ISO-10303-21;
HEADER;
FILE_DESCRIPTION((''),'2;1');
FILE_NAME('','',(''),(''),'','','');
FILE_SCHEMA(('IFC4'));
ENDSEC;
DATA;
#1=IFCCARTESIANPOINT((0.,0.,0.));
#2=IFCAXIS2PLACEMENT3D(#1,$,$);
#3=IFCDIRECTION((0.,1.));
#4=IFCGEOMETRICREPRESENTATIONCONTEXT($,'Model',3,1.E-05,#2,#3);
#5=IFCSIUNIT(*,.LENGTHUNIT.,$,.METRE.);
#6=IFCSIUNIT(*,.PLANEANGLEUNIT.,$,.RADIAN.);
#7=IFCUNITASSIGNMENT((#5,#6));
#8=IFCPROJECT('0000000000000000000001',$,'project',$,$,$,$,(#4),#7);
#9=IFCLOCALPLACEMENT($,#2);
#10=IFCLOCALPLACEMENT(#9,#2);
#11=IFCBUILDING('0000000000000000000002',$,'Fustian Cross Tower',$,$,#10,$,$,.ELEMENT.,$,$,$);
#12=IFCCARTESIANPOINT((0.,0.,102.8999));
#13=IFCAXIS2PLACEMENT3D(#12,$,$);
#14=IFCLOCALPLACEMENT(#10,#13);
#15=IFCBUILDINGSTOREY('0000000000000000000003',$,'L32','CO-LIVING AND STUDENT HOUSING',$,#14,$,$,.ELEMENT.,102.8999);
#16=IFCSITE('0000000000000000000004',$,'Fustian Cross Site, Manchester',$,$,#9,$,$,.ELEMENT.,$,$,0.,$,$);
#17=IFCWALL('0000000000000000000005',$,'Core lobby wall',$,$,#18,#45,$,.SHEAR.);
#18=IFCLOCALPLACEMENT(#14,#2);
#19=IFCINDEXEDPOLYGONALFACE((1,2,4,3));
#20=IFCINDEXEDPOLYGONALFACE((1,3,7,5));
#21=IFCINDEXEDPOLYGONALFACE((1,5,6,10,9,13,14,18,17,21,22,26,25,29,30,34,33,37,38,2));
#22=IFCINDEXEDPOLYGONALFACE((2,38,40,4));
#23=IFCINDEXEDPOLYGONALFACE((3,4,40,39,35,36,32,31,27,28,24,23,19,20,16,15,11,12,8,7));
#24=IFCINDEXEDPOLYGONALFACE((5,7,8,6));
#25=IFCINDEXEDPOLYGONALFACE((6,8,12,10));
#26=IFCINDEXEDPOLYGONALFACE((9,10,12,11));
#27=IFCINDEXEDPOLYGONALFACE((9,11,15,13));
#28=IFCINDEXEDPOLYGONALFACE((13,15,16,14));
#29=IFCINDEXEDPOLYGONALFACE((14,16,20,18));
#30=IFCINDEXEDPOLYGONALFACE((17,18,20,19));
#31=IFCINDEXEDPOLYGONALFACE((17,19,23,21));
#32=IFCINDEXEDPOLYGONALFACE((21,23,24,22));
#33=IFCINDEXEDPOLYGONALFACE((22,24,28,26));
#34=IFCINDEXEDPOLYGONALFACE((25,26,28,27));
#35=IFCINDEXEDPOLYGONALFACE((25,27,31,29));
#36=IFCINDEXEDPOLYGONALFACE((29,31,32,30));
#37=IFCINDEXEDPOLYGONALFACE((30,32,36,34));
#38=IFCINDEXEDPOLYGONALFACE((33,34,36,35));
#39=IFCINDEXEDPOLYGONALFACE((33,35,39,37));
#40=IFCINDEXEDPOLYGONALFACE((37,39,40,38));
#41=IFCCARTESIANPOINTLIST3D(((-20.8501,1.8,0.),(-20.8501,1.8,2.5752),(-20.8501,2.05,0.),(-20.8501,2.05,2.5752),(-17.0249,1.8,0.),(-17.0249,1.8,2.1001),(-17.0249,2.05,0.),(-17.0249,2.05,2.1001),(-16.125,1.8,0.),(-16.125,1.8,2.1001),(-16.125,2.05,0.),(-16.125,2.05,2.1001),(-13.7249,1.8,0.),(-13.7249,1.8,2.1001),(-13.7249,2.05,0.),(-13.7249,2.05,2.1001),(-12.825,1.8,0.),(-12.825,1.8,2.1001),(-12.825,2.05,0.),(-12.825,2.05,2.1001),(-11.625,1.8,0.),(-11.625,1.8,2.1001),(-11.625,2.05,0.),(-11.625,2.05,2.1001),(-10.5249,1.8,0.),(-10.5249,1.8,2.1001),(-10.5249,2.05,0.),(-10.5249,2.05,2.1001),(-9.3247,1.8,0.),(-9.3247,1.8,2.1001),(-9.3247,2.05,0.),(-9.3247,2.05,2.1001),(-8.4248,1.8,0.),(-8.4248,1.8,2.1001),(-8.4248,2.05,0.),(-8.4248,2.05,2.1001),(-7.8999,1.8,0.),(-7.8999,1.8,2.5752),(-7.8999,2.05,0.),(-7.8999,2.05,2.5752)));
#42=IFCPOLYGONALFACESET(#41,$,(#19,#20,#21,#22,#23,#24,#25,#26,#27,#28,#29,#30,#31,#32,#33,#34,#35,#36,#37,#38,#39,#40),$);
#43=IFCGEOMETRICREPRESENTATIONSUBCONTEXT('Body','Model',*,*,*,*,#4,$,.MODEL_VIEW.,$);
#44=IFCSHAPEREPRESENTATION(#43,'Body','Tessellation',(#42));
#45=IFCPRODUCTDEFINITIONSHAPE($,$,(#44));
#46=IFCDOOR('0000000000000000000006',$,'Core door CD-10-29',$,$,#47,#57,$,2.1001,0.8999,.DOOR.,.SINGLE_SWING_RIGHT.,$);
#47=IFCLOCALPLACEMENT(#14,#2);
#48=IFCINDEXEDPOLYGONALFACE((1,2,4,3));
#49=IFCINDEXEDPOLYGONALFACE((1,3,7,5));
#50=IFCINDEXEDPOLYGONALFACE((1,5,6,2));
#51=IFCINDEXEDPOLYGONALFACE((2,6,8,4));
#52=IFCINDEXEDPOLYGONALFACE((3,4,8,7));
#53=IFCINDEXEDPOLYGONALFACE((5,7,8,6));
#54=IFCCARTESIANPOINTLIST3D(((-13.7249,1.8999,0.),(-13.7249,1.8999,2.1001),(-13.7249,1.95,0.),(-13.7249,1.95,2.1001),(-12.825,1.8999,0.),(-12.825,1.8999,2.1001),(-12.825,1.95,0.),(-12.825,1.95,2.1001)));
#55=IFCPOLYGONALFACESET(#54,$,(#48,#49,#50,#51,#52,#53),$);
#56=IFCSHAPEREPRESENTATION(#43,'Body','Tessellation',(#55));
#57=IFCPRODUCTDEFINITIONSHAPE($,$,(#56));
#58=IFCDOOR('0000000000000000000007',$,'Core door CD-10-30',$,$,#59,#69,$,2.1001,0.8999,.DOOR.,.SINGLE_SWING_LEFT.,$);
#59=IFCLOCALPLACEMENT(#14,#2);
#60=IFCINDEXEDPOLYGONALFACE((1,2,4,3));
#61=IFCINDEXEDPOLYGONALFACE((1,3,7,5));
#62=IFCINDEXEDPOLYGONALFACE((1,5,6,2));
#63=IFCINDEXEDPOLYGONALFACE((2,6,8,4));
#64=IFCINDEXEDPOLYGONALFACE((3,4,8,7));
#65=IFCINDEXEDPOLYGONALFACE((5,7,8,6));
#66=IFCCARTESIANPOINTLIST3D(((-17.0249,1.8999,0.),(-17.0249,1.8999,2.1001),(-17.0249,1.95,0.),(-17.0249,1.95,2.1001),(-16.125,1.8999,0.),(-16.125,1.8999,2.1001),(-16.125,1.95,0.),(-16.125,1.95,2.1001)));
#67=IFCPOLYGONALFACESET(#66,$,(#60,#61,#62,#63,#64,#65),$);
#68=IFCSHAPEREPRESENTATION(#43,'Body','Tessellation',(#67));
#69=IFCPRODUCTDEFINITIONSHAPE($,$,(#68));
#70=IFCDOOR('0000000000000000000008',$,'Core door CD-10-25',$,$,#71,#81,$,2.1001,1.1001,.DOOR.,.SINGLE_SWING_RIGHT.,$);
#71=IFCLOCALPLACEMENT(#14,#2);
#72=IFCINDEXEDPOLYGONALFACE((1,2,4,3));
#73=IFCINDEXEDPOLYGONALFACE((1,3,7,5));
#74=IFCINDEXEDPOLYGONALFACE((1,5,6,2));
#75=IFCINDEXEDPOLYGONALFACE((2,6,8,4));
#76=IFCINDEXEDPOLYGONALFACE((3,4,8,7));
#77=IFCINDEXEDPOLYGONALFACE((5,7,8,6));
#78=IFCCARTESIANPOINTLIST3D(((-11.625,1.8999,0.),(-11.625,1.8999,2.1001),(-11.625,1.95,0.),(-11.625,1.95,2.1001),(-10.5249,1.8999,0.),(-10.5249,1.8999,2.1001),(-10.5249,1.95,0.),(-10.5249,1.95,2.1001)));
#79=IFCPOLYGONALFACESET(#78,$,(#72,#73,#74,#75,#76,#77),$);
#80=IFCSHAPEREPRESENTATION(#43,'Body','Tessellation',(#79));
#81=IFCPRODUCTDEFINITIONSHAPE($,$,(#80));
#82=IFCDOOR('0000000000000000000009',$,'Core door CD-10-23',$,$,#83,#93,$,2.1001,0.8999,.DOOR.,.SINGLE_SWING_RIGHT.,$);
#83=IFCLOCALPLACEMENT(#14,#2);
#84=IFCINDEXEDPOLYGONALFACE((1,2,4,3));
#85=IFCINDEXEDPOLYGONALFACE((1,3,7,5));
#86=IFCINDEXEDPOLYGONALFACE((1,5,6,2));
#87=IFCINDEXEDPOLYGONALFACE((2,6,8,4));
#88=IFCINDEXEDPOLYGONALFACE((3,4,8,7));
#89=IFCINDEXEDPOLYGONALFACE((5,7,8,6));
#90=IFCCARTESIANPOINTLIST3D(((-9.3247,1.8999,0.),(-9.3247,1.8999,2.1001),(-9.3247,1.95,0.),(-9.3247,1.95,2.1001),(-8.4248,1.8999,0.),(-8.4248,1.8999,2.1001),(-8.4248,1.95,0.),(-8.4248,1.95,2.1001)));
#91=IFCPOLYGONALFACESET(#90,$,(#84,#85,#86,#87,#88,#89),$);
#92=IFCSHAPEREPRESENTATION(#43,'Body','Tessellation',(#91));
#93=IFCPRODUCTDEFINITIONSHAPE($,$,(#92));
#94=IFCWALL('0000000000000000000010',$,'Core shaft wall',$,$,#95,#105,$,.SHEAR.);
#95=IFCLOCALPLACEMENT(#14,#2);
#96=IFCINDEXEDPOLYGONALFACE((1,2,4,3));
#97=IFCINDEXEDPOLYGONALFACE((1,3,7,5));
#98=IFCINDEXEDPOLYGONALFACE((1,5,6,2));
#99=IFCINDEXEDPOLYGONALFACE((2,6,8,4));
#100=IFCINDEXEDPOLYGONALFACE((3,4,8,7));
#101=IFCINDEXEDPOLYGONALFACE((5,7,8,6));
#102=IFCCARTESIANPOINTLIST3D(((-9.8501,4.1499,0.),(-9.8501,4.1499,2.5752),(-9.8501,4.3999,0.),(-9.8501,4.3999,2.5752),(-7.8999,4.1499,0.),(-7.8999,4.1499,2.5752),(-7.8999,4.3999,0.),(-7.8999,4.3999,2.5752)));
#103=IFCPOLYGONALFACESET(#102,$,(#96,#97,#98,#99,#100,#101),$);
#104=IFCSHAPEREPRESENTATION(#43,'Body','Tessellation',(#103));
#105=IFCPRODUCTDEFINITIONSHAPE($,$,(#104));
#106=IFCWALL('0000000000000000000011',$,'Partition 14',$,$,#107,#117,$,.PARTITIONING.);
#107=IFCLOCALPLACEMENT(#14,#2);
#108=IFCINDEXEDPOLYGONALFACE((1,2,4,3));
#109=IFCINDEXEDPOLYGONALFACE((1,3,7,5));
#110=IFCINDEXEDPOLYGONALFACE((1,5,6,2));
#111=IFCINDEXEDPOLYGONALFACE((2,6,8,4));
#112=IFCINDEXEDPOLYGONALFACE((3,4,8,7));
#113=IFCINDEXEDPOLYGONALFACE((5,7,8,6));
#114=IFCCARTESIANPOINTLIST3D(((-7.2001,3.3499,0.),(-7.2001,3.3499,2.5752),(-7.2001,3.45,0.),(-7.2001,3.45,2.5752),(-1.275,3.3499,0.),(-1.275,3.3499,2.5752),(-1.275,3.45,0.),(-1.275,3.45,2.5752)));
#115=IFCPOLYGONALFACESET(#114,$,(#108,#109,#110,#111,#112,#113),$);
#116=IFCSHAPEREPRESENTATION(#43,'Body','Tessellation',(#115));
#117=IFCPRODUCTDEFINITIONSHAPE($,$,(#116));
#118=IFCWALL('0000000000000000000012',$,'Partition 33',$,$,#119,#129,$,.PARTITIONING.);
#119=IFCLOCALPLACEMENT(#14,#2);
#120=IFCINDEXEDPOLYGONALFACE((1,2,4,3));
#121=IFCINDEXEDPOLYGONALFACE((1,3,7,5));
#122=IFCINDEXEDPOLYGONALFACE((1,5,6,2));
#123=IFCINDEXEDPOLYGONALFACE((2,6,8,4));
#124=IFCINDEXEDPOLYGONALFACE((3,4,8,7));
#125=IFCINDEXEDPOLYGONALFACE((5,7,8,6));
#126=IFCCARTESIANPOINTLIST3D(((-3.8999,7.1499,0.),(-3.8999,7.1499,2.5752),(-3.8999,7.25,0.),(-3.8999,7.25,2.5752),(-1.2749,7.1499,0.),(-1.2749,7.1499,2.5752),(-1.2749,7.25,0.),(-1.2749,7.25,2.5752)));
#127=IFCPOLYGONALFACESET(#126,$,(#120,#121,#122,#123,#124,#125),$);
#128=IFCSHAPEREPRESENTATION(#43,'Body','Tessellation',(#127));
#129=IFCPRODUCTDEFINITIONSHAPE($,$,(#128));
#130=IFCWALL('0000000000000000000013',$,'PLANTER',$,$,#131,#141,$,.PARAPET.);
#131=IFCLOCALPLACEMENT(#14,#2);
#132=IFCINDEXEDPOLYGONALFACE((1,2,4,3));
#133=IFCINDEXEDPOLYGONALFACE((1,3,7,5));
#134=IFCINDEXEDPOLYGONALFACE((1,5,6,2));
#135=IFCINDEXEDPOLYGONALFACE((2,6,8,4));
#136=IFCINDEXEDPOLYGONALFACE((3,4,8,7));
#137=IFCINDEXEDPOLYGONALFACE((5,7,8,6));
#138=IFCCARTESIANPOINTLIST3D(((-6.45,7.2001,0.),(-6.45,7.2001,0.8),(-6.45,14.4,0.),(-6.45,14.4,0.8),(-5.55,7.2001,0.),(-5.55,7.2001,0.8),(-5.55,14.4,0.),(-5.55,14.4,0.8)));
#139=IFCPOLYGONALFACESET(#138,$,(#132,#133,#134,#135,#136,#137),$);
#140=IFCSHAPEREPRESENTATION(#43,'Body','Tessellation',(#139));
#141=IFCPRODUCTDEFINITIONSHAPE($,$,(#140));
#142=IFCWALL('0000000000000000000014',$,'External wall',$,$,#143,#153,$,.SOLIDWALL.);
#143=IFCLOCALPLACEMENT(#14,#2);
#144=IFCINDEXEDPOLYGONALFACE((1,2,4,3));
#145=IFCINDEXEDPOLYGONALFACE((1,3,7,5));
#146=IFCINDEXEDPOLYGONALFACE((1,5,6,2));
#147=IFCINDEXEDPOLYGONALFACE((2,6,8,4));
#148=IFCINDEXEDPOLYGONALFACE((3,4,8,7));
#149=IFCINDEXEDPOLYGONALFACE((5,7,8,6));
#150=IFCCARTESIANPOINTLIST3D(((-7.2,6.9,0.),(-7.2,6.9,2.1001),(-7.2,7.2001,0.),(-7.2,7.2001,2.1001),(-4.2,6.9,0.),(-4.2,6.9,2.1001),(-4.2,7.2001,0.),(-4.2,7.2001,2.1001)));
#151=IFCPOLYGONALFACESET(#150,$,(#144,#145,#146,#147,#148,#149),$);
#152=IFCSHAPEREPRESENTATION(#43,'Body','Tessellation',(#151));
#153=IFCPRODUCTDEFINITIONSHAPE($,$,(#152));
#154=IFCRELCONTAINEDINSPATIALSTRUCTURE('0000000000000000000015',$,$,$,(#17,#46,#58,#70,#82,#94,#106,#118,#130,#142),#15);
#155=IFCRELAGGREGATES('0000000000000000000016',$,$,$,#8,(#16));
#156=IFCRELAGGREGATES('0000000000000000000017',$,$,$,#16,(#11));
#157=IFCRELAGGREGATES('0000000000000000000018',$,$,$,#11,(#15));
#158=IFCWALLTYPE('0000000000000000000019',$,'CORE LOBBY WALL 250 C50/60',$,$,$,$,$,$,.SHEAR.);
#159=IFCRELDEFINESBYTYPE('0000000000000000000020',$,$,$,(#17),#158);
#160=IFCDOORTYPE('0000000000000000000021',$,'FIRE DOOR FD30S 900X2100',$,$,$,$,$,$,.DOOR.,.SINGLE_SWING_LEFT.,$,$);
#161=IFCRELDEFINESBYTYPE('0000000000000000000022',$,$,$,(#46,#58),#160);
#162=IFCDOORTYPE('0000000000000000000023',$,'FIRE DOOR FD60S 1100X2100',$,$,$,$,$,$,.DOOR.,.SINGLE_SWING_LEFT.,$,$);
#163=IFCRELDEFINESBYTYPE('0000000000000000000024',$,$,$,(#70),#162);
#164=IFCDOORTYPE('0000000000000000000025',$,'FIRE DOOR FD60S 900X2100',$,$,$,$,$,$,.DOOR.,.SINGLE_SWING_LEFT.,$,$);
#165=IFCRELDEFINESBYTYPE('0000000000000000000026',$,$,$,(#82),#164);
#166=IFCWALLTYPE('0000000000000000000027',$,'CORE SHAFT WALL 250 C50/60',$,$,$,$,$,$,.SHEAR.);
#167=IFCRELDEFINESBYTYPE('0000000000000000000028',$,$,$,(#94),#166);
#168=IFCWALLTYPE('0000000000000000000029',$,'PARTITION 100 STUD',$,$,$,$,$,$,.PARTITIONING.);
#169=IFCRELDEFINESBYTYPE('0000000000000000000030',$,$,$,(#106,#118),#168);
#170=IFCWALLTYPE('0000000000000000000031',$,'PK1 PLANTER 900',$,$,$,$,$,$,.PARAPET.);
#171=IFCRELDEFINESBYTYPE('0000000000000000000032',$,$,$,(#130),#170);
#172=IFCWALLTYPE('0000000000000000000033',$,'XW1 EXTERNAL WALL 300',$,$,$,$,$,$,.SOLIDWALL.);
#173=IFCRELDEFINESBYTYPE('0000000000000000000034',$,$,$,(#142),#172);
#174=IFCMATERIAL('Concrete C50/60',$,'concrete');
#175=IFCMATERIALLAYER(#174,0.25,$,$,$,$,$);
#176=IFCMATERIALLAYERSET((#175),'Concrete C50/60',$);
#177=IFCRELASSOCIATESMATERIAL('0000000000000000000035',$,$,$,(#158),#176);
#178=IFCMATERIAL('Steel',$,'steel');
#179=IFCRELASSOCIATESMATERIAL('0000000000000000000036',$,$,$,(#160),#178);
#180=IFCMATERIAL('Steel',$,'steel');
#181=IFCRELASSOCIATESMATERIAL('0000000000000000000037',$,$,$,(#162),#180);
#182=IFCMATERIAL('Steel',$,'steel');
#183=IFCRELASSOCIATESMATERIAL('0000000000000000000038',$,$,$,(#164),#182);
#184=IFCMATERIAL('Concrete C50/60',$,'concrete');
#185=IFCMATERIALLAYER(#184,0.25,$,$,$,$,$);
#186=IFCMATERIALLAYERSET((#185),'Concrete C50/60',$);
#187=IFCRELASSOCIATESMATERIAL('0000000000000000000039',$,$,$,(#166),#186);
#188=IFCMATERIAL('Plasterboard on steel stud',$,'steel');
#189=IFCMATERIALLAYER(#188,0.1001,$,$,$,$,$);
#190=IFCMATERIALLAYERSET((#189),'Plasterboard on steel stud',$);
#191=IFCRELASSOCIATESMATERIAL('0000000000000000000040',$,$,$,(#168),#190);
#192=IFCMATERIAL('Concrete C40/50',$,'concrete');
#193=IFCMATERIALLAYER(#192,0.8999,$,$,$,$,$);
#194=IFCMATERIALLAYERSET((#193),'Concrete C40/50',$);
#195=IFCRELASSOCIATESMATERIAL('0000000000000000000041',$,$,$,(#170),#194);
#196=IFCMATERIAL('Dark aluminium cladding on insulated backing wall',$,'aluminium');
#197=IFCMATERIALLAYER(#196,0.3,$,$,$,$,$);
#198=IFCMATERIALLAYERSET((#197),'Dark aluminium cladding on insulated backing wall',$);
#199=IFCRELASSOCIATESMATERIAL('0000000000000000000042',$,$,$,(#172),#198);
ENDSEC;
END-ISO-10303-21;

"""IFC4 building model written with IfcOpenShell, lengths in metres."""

from ifc_helpers import new_model, si_unit, direction, frame, frame_2d, origin, place, context, subcontext, project, spatial, rectangle, extrude, material, layer, layer_set, type_object, element, fill, save


model = new_model("IFC4")

# Units and contexts
model_context = context("Model", 3, precision=1e-05, world=origin(), true_north=direction((0.0, 1.0)))
body_context = subcontext(model_context, "Body", "Model", "MODEL_VIEW")
ifc_project = project(units=[si_unit("LENGTHUNIT", "METRE"), si_unit("PLANEANGLEUNIT", "RADIAN")], contexts=[model_context])

# Site, building, storey
site_placement = place(None, origin())
site = spatial("IfcSite", under=ifc_project, at=site_placement, Name="Fustian Cross Site, Manchester", CompositionType="ELEMENT", RefElevation=0.0)
building_placement = place(site_placement, origin())
building = spatial("IfcBuilding", under=site, at=building_placement, Name="Fustian Cross Tower", CompositionType="ELEMENT")
storey_placement = place(building_placement, frame((0.0, 0.0, 102.8999)))
storey = spatial("IfcBuildingStorey", under=building, at=storey_placement, Name="L32", Description="CO-LIVING AND STUDENT HOUSING", CompositionType="ELEMENT", Elevation=102.8999)

# Wall, openings, doors
ifc_material_1 = material(Name="Concrete C50/60", Category="concrete")
ifc_layer_1 = layer(ifc_material_1, 0.25)
ifc_layer_set_1 = layer_set([ifc_layer_1], Name="Concrete C50/60")
wall_type_1 = type_object("IfcWallType", Name="CORE LOBBY WALL 250 C50/60", PredefinedType="SHEAR", material=ifc_layer_set_1)
wall_1_placement = place(storey_placement, frame((-7.8999, 1.925, 0.0), z_axis=(0.0, 0.0, 1.0), x_axis=(-1.0, 0.0, 0.0)))
wall_1 = element("IfcWall", 1, at=wall_1_placement, inside=storey, type_object=wall_type_1, Name="Core lobby wall", PredefinedType="SHEAR", context=body_context, shape_type="SweptSolid", body=[
    extrude(rectangle(XDim=12.9502, YDim=0.25, at=frame_2d((6.4751, 0.0))), origin(), (0.0, 0.0, 1.0), 2.5752),
])
opening_1_placement = place(wall_1_placement, frame((0.5249, 0.0, 0.0)))
opening_1 = element("IfcOpeningElement", 2, at=opening_1_placement, cuts=wall_1, PredefinedType="OPENING", context=body_context, shape_type="SweptSolid", body=[
    extrude(rectangle(XDim=0.8999, YDim=2.1001, at=frame_2d((0.45, 1.05))), frame((0.0, 0.135, 0.0), z_axis=(0.0, -1.0, 0.0), x_axis=(1.0, 0.0, 0.0)), (0.0, 0.0, 1.0), 0.27),
])
opening_2_placement = place(wall_1_placement, frame((2.625, 0.0, 0.0)))
opening_2 = element("IfcOpeningElement", 3, at=opening_2_placement, cuts=wall_1, PredefinedType="OPENING", context=body_context, shape_type="SweptSolid", body=[
    extrude(rectangle(XDim=1.1001, YDim=2.1001, at=frame_2d((0.55, 1.05))), frame((0.0, 0.135, 0.0), z_axis=(0.0, -1.0, 0.0), x_axis=(1.0, 0.0, 0.0)), (0.0, 0.0, 1.0), 0.27),
])
opening_3_placement = place(wall_1_placement, frame((4.925, 0.0, 0.0)))
opening_3 = element("IfcOpeningElement", 4, at=opening_3_placement, cuts=wall_1, PredefinedType="OPENING", context=body_context, shape_type="SweptSolid", body=[
    extrude(rectangle(XDim=0.8999, YDim=2.1001, at=frame_2d((0.45, 1.05))), frame((0.0, 0.135, 0.0), z_axis=(0.0, -1.0, 0.0), x_axis=(1.0, 0.0, 0.0)), (0.0, 0.0, 1.0), 0.27),
])
opening_4_placement = place(wall_1_placement, frame((8.2251, 0.0, 0.0)))
opening_4 = element("IfcOpeningElement", 5, at=opening_4_placement, cuts=wall_1, PredefinedType="OPENING", context=body_context, shape_type="SweptSolid", body=[
    extrude(rectangle(XDim=0.8999, YDim=2.1001, at=frame_2d((0.45, 1.05))), frame((0.0, 0.135, 0.0), z_axis=(0.0, -1.0, 0.0), x_axis=(1.0, 0.0, 0.0)), (0.0, 0.0, 1.0), 0.27),
])
ifc_material_2 = material(Name="Steel", Category="steel")
door_type_1 = type_object("IfcDoorType", Name="FIRE DOOR FD30S 900X2100", OperationType="SINGLE_SWING_LEFT", PredefinedType="DOOR", material=ifc_material_2)
door_1_placement = place(opening_3_placement, frame((0.8999, 0.0, 0.0), z_axis=(0.0, 0.0, 1.0), x_axis=(-1.0, 0.0, 0.0)))
door_1 = element("IfcDoor", 6, at=door_1_placement, inside=storey, type_object=door_type_1, Name="Core door CD-10-29", OperationType="SINGLE_SWING_RIGHT", OverallHeight=2.1001, OverallWidth=0.8999, PredefinedType="DOOR", context=body_context, shape_type="SweptSolid", body=[
    extrude(rectangle(XDim=0.8999, YDim=2.1001, at=frame_2d((0.45, 1.05))), frame((0.0, 0.0249, 0.0), z_axis=(0.0, -1.0, 0.0), x_axis=(1.0, 0.0, 0.0)), (0.0, 0.0, 1.0), 0.05),
])
fill(opening_3, door_1)
door_2_placement = place(opening_4_placement, frame((0.8999, 0.0, 0.0), z_axis=(0.0, 0.0, 1.0), x_axis=(-1.0, 0.0, 0.0)))
door_2 = element("IfcDoor", 7, at=door_2_placement, inside=storey, type_object=door_type_1, Name="Core door CD-10-30", OperationType="SINGLE_SWING_LEFT", OverallHeight=2.1001, OverallWidth=0.8999, PredefinedType="DOOR", context=body_context, shape_type="SweptSolid", body=[
    extrude(rectangle(XDim=0.8999, YDim=2.1001, at=frame_2d((0.45, 1.05))), frame((0.0, 0.0249, 0.0), z_axis=(0.0, -1.0, 0.0), x_axis=(1.0, 0.0, 0.0)), (0.0, 0.0, 1.0), 0.05),
])
fill(opening_4, door_2)
ifc_material_3 = material(Name="Steel", Category="steel")
door_type_2 = type_object("IfcDoorType", Name="FIRE DOOR FD60S 1100X2100", OperationType="SINGLE_SWING_LEFT", PredefinedType="DOOR", material=ifc_material_3)
door_3_placement = place(opening_2_placement, frame((1.1001, 0.0, 0.0), z_axis=(0.0, 0.0, 1.0), x_axis=(-1.0, 0.0, 0.0)))
door_3 = element("IfcDoor", 8, at=door_3_placement, inside=storey, type_object=door_type_2, Name="Core door CD-10-25", OperationType="SINGLE_SWING_RIGHT", OverallHeight=2.1001, OverallWidth=1.1001, PredefinedType="DOOR", context=body_context, shape_type="SweptSolid", body=[
    extrude(rectangle(XDim=1.1001, YDim=2.1001, at=frame_2d((0.55, 1.05))), frame((0.0, 0.0249, 0.0), z_axis=(0.0, -1.0, 0.0), x_axis=(1.0, 0.0, 0.0)), (0.0, 0.0, 1.0), 0.05),
])
fill(opening_2, door_3)
ifc_material_4 = material(Name="Steel", Category="steel")
door_type_3 = type_object("IfcDoorType", Name="FIRE DOOR FD60S 900X2100", OperationType="SINGLE_SWING_LEFT", PredefinedType="DOOR", material=ifc_material_4)
door_4_placement = place(opening_1_placement, frame((0.8999, 0.0, 0.0), z_axis=(0.0, 0.0, 1.0), x_axis=(-1.0, 0.0, 0.0)))
door_4 = element("IfcDoor", 9, at=door_4_placement, inside=storey, type_object=door_type_3, Name="Core door CD-10-23", OperationType="SINGLE_SWING_RIGHT", OverallHeight=2.1001, OverallWidth=0.8999, PredefinedType="DOOR", context=body_context, shape_type="SweptSolid", body=[
    extrude(rectangle(XDim=0.8999, YDim=2.1001, at=frame_2d((0.45, 1.05))), frame((0.0, 0.0249, 0.0), z_axis=(0.0, -1.0, 0.0), x_axis=(1.0, 0.0, 0.0)), (0.0, 0.0, 1.0), 0.05),
])
fill(opening_1, door_4)

# Walls
ifc_material_5 = material(Name="Concrete C50/60", Category="concrete")
ifc_layer_2 = layer(ifc_material_5, 0.25)
ifc_layer_set_2 = layer_set([ifc_layer_2], Name="Concrete C50/60")
wall_type_2 = type_object("IfcWallType", Name="CORE SHAFT WALL 250 C50/60", PredefinedType="SHEAR", material=ifc_layer_set_2)
wall_2_placement = place(storey_placement, frame((-7.8999, 4.2749, 0.0), z_axis=(0.0, 0.0, 1.0), x_axis=(-1.0, 0.0, 0.0)))
element("IfcWall", 10, at=wall_2_placement, inside=storey, type_object=wall_type_2, Name="Core shaft wall", PredefinedType="SHEAR", context=body_context, shape_type="SweptSolid", body=[
    extrude(rectangle(XDim=1.9502, YDim=0.25, at=frame_2d((0.9751, 0.0))), origin(), (0.0, 0.0, 1.0), 2.5752),
])
ifc_material_6 = material(Name="Plasterboard on steel stud", Category="steel")
ifc_layer_3 = layer(ifc_material_6, 0.1001)
ifc_layer_set_3 = layer_set([ifc_layer_3], Name="Plasterboard on steel stud")
wall_type_3 = type_object("IfcWallType", Name="PARTITION 100 STUD", PredefinedType="PARTITIONING", material=ifc_layer_set_3)
wall_3_placement = place(storey_placement, frame((-7.2, 3.3999, 0.0), z_axis=(0.0, 0.0, 1.0), x_axis=(1.0, 0.0, 0.0)))
element("IfcWall", 11, at=wall_3_placement, inside=storey, type_object=wall_type_3, Name="Partition 14", PredefinedType="PARTITIONING", context=body_context, shape_type="SweptSolid", body=[
    extrude(rectangle(XDim=5.925, YDim=0.1001, at=frame_2d((2.9624, 0.0))), origin(), (0.0, 0.0, 1.0), 2.5752),
])
wall_4_placement = place(storey_placement, frame((-3.8999, 7.2, 0.0), z_axis=(0.0, 0.0, 1.0), x_axis=(1.0, 0.0, 0.0)))
element("IfcWall", 12, at=wall_4_placement, inside=storey, type_object=wall_type_3, Name="Partition 33", PredefinedType="PARTITIONING", context=body_context, shape_type="SweptSolid", body=[
    extrude(rectangle(XDim=2.625, YDim=0.1001, at=frame_2d((1.3125, 0.0))), origin(), (0.0, 0.0, 1.0), 2.5752),
])
ifc_material_7 = material(Name="Concrete C40/50", Category="concrete")
ifc_layer_4 = layer(ifc_material_7, 0.8999)
ifc_layer_set_4 = layer_set([ifc_layer_4], Name="Concrete C40/50")
wall_type_4 = type_object("IfcWallType", Name="PK1 PLANTER 900", PredefinedType="PARAPET", material=ifc_layer_set_4)
wall_5_placement = place(storey_placement, frame((-6.0, 7.2, 0.0), z_axis=(0.0, 0.0, 1.0), x_axis=(0.0, 1.0, 0.0)))
element("IfcWall", 13, at=wall_5_placement, inside=storey, type_object=wall_type_4, Name="PLANTER", PredefinedType="PARAPET", context=body_context, shape_type="SweptSolid", body=[
    extrude(rectangle(XDim=7.2, YDim=0.8999, at=frame_2d((3.6001, 0.0))), origin(), (0.0, 0.0, 1.0), 0.8),
])
ifc_material_8 = material(Name="Dark aluminium cladding on insulated backing wall", Category="aluminium")
ifc_layer_5 = layer(ifc_material_8, 0.3)
ifc_layer_set_5 = layer_set([ifc_layer_5], Name="Dark aluminium cladding on insulated backing wall")
wall_type_5 = type_object("IfcWallType", Name="XW1 EXTERNAL WALL 300", PredefinedType="SOLIDWALL", material=ifc_layer_set_5)
wall_6_placement = place(storey_placement, frame((-4.2, 7.05, 0.0), z_axis=(0.0, 0.0, 1.0), x_axis=(-1.0, 0.0, 0.0)))
element("IfcWall", 14, at=wall_6_placement, inside=storey, type_object=wall_type_5, Name="External wall", PredefinedType="SOLIDWALL", context=body_context, shape_type="SweptSolid", body=[
    extrude(rectangle(XDim=3.0, YDim=0.3, at=frame_2d((1.5, 0.0))), origin(), (0.0, 0.0, 1.0), 2.1001),
])

save(model, "model.ifc")
